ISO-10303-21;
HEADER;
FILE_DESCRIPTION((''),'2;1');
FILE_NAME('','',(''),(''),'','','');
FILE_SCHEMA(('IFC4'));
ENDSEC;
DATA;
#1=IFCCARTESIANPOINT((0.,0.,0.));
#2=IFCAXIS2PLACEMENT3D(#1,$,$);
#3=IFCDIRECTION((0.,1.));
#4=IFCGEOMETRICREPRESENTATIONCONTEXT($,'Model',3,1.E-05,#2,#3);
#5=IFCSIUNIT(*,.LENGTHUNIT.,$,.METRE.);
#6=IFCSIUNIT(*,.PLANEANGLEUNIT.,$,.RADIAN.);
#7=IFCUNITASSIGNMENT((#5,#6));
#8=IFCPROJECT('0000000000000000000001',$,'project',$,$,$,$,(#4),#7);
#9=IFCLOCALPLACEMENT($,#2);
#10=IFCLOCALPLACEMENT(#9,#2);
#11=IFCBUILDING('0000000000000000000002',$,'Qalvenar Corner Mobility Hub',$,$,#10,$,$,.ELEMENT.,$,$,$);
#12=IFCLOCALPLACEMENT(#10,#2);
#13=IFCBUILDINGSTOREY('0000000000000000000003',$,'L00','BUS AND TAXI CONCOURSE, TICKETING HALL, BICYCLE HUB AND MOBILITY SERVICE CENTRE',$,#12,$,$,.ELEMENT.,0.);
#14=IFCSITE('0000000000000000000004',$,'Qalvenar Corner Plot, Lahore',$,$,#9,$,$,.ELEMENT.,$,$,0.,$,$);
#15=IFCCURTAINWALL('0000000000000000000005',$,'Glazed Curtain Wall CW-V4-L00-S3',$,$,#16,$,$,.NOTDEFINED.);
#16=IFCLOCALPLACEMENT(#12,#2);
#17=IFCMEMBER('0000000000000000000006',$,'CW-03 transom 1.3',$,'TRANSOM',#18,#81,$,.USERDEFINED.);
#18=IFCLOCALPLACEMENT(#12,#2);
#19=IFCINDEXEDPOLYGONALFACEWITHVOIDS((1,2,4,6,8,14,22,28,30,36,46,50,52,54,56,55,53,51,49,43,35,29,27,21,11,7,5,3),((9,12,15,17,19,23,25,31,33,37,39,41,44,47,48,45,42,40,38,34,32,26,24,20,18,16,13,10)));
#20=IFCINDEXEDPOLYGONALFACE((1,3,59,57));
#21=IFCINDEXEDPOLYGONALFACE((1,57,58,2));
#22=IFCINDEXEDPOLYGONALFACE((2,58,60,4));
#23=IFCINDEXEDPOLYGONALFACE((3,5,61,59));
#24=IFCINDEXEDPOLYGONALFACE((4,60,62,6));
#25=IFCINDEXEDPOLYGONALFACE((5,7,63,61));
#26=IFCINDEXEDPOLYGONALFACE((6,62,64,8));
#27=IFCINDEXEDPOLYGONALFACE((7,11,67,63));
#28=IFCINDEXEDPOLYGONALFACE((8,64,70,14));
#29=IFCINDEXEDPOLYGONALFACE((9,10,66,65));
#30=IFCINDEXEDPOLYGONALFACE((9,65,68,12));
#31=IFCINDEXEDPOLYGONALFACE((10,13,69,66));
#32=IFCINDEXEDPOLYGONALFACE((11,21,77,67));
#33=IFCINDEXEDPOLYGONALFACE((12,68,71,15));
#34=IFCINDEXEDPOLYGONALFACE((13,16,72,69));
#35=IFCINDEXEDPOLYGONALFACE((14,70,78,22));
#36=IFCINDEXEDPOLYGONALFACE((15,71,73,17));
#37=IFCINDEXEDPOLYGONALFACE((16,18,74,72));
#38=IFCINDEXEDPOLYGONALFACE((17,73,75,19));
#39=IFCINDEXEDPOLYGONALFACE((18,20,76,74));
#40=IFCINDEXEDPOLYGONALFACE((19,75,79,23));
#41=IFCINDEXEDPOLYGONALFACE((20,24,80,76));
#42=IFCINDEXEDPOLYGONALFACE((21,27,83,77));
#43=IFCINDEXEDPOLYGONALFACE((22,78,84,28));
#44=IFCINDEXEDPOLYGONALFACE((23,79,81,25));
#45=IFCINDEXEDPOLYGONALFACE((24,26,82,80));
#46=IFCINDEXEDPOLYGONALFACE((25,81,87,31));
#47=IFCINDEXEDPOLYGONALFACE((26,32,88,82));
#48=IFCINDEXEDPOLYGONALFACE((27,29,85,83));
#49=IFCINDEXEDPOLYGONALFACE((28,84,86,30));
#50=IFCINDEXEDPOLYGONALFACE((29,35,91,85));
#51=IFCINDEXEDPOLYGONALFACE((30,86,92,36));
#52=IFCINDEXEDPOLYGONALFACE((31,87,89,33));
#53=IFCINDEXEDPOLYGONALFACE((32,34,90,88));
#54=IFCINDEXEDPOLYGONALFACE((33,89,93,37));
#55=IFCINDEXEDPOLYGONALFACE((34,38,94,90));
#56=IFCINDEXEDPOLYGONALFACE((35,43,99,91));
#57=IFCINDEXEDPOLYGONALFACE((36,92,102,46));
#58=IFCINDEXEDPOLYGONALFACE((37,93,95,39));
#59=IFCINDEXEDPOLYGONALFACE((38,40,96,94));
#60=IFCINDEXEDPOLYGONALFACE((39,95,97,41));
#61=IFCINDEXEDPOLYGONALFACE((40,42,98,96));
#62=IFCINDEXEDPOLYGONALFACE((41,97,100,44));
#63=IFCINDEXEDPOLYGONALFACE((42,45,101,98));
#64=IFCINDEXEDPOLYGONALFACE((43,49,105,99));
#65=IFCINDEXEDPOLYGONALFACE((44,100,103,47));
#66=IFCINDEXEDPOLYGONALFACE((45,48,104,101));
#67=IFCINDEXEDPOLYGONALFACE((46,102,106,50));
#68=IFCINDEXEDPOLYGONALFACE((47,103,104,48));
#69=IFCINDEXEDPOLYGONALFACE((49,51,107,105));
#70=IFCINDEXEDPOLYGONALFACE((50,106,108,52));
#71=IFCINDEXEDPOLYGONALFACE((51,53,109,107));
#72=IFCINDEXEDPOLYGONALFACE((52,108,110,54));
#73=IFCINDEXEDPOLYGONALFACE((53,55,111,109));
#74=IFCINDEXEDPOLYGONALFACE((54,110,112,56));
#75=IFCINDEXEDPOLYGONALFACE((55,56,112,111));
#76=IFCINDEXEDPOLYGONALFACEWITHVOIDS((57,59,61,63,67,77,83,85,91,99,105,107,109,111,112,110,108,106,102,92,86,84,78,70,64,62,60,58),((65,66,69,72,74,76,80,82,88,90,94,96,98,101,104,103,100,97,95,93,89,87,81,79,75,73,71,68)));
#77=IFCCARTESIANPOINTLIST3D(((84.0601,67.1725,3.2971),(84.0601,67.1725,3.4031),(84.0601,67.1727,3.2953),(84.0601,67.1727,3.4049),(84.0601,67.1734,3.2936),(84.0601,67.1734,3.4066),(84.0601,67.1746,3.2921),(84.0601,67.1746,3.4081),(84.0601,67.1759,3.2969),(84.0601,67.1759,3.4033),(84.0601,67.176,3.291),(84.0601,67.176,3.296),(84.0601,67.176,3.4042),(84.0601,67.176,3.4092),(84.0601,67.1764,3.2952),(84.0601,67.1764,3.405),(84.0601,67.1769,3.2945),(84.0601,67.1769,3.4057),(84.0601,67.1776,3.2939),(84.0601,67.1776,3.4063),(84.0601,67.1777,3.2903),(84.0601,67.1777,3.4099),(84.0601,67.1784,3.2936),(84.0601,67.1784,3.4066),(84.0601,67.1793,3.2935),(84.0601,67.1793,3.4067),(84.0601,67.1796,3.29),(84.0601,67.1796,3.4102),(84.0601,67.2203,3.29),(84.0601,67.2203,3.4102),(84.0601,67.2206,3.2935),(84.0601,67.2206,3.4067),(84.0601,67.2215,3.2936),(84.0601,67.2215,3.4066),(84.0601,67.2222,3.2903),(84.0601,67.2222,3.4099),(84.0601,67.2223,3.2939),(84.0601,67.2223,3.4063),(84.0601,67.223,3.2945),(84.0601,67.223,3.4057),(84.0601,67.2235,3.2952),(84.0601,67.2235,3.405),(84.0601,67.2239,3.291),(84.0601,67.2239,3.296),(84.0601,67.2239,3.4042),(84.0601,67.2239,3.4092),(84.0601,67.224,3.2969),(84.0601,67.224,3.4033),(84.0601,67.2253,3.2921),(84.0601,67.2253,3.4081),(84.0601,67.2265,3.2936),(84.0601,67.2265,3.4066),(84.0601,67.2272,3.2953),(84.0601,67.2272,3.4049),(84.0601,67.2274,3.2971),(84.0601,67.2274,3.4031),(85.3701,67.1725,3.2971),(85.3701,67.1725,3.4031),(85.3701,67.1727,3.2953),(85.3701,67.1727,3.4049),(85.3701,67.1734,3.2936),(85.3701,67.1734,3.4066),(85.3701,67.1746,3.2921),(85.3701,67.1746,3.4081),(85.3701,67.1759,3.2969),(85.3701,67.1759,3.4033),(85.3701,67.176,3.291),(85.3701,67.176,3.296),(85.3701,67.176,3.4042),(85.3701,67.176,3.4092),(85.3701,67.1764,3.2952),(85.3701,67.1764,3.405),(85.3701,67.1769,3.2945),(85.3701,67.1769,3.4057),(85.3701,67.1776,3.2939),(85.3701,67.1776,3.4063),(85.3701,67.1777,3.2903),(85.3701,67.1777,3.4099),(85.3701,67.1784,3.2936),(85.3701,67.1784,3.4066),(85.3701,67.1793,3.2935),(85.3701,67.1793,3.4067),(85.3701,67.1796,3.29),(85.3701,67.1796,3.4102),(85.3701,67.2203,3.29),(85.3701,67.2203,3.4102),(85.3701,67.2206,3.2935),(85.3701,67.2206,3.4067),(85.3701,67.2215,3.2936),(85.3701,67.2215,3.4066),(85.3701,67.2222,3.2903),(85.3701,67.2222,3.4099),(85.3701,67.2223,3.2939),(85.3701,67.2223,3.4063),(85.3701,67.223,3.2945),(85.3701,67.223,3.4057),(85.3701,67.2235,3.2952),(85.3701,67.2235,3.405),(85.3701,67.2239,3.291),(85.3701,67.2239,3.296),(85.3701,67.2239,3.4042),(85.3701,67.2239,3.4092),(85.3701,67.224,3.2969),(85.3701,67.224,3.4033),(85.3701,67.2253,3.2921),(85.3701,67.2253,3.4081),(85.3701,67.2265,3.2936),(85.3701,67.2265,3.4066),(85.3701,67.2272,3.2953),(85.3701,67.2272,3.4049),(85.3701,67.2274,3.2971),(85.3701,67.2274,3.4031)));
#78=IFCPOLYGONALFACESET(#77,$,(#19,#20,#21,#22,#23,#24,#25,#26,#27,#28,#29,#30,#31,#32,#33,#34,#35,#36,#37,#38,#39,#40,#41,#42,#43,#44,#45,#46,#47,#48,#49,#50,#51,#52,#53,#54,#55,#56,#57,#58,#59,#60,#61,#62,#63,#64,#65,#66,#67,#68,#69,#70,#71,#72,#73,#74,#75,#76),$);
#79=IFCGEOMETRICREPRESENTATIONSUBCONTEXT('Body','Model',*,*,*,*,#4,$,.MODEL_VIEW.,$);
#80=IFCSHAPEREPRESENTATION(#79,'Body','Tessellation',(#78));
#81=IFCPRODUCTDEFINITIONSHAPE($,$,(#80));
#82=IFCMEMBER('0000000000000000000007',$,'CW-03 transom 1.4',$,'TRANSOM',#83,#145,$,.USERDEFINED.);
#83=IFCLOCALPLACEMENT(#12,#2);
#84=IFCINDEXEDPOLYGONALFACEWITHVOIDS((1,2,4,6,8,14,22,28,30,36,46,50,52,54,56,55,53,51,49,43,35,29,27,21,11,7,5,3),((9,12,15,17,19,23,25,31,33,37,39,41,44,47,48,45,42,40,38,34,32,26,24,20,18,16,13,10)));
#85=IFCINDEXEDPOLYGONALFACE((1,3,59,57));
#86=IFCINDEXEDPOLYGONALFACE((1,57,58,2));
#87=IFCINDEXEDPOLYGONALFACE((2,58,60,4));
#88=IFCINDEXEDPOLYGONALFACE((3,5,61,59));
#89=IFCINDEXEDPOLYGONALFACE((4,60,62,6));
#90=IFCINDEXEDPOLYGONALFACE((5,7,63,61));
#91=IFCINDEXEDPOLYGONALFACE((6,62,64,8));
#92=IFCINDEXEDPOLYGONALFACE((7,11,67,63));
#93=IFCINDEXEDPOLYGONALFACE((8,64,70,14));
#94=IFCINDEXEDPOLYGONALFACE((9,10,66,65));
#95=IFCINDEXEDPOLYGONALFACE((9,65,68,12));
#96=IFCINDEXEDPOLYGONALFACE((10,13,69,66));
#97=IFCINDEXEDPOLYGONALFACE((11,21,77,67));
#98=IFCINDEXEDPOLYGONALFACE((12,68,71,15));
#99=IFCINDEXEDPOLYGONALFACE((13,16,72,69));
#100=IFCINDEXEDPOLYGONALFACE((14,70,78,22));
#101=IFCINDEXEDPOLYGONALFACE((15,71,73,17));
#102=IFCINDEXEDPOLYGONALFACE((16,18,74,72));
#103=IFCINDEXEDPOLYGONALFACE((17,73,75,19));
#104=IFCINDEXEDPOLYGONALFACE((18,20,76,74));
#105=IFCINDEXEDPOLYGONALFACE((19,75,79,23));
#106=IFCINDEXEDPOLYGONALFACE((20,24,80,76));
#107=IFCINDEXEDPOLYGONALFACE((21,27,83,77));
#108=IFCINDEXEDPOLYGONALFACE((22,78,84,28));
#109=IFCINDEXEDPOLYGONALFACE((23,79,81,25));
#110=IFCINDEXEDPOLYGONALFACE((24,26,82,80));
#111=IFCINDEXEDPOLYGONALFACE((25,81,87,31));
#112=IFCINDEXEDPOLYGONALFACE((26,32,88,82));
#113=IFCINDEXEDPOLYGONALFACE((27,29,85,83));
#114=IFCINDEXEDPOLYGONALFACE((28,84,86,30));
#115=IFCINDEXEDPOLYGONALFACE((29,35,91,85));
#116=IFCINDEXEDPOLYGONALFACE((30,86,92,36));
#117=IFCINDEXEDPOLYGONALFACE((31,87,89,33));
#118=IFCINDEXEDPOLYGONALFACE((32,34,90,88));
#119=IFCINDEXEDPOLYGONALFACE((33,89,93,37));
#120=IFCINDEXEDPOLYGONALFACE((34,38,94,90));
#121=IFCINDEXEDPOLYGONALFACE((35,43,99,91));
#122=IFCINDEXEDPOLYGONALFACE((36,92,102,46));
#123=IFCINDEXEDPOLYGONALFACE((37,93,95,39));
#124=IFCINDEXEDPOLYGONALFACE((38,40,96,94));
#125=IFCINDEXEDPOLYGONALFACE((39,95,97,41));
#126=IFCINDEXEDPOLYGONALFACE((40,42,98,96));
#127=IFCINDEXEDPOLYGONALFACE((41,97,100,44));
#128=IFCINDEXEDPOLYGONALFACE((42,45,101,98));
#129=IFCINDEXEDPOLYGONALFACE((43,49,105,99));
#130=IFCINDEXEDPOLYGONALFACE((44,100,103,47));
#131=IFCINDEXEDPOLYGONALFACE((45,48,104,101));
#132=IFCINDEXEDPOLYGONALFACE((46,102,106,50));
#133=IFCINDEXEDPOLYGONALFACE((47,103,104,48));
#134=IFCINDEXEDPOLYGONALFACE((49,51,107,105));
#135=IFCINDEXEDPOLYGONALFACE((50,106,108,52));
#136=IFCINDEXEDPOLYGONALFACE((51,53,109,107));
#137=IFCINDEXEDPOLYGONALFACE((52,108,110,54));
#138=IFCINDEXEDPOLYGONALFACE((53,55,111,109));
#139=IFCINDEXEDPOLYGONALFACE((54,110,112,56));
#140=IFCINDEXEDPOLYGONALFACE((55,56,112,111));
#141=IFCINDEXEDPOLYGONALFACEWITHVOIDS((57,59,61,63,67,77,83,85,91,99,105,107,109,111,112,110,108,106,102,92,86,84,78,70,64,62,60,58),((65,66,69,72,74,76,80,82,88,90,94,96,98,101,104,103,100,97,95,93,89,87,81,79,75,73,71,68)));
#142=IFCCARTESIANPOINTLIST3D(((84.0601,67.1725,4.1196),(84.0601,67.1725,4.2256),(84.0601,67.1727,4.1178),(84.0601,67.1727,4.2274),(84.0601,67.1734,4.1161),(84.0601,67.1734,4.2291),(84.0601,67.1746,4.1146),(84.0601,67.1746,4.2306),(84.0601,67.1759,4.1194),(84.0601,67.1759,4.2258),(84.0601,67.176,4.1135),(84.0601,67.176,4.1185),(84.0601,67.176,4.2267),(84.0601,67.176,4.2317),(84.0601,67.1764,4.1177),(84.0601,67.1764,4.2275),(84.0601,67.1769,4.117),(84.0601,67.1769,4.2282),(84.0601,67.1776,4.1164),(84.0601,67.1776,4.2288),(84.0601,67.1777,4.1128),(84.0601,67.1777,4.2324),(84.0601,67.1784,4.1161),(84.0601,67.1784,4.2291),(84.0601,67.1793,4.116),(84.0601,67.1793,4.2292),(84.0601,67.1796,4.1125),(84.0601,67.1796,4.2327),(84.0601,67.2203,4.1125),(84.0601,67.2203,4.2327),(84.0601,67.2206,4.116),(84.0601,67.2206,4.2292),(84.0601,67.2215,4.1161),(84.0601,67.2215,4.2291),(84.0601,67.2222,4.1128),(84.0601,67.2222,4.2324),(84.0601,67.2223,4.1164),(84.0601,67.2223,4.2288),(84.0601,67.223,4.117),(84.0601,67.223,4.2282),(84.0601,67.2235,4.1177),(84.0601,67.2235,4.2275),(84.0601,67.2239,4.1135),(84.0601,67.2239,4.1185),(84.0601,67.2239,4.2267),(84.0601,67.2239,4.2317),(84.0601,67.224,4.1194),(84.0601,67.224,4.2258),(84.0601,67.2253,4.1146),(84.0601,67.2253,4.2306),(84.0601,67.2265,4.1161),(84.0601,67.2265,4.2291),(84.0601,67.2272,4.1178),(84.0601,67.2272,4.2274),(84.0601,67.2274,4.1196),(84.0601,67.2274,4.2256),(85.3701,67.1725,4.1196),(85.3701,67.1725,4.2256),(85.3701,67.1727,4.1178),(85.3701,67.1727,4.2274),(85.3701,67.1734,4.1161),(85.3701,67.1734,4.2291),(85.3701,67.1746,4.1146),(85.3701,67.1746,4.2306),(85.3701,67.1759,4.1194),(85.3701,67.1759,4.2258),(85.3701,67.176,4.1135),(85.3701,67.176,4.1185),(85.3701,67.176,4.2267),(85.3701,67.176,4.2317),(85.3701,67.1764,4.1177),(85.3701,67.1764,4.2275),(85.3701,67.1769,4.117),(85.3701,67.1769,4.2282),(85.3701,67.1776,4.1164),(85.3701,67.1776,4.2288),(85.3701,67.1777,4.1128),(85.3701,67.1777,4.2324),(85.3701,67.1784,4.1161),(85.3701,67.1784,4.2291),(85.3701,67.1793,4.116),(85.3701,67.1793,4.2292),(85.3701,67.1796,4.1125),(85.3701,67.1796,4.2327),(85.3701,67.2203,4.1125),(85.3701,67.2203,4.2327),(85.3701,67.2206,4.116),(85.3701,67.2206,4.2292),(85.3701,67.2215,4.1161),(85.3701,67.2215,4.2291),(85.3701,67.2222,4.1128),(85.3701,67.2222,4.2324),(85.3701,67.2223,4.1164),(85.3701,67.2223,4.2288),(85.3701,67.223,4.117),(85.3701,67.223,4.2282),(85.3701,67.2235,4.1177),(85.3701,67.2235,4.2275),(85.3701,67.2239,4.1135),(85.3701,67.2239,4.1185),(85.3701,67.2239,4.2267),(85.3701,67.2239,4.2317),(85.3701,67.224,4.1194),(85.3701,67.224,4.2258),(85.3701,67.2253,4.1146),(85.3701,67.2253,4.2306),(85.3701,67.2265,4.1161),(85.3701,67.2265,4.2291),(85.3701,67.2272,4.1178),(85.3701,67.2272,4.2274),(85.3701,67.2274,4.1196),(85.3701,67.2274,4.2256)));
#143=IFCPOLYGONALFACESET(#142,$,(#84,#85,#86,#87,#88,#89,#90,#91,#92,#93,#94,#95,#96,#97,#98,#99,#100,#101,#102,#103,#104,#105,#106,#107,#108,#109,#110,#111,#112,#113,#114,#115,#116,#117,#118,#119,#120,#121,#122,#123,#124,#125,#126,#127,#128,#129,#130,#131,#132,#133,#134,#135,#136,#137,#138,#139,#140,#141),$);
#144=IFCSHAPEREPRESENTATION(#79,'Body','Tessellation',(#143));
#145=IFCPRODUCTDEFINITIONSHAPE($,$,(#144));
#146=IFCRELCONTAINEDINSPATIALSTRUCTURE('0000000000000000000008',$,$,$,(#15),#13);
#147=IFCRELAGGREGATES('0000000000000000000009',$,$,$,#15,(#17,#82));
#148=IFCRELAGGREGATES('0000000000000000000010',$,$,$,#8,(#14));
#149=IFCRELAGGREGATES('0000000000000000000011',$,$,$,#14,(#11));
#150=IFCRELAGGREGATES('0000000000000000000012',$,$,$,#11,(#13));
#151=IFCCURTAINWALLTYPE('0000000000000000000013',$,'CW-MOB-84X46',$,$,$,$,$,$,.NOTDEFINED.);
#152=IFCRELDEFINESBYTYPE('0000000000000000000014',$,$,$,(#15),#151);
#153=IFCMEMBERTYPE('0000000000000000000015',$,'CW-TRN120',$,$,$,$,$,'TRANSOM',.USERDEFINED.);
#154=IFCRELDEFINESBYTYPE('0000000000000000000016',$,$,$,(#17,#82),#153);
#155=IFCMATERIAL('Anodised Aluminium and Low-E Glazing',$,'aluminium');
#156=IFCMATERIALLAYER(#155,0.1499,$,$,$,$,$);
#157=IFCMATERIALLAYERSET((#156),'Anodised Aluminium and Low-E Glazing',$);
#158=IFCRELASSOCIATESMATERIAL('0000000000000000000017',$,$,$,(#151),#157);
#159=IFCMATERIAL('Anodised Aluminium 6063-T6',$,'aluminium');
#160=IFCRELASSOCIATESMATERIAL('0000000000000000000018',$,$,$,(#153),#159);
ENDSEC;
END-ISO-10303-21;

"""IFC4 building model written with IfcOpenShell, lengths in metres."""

from ifc_helpers import new_model, si_unit, direction, frame, origin, origin_2d, place, context, subcontext, project, spatial, hollow_rectangle, extrude, material, layer, layer_set, material_profile, profile_set, type_object, element, aggregate, save


model = new_model("IFC4")

# Units and contexts
model_context = context("Model", 3, precision=1e-05, world=origin(), true_north=direction((0.0, 1.0)))
body_context = subcontext(model_context, "Body", "Model", "MODEL_VIEW")
ifc_project = project(units=[si_unit("LENGTHUNIT", "METRE"), si_unit("PLANEANGLEUNIT", "RADIAN")], contexts=[model_context])

# Site, building, storey
site_placement = place(None, origin())
site = spatial("IfcSite", under=ifc_project, at=site_placement, Name="Qalvenar Corner Plot, Lahore", CompositionType="ELEMENT", RefElevation=0.0)
building_placement = place(site_placement, origin())
building = spatial("IfcBuilding", under=site, at=building_placement, Name="Qalvenar Corner Mobility Hub", CompositionType="ELEMENT")
storey_placement = place(building_placement, origin())
storey = spatial("IfcBuildingStorey", under=building, at=storey_placement, Name="L00", Description="BUS AND TAXI CONCOURSE, TICKETING HALL, BICYCLE HUB AND MOBILITY SERVICE CENTRE", CompositionType="ELEMENT", Elevation=0.0)

# Curtain wall
ifc_material_1 = material(Name="Anodised Aluminium and Low-E Glazing", Category="aluminium")
ifc_layer_1 = layer(ifc_material_1, 0.1499)
ifc_layer_set_1 = layer_set([ifc_layer_1], Name="Anodised Aluminium and Low-E Glazing")
curtain_wall_type = type_object("IfcCurtainWallType", Name="CW-MOB-84X46", PredefinedType="NOTDEFINED", material=ifc_layer_set_1)
ifc_material_2 = material(Name="Anodised Aluminium 6063-T6", Category="aluminium")
curtain_wall_1_placement = place(storey_placement, origin())
curtain_wall_1 = element("IfcCurtainWall", 1, at=curtain_wall_1_placement, inside=storey, type_object=curtain_wall_type, Name="Glazed Curtain Wall CW-V4-L00-S3", PredefinedType="NOTDEFINED")

# Members
ifc_material_profile_1 = material_profile(ifc_material_2, hollow_rectangle(XDim=0.0549, YDim=0.1201, WallThickness=0.0034, InnerFilletRadius=0.0034, OuterFilletRadius=0.0071, at=origin_2d()), Name="RHS120x55x3.5")
ifc_profile_set_1 = profile_set([ifc_material_profile_1], Name="Anodised Aluminium 6063-T6")
member_type_1 = type_object("IfcMemberType", Name="CW-TRN120", ElementType="TRANSOM", PredefinedType="USERDEFINED", material=ifc_profile_set_1)
member_1_placement = place(storey_placement, frame((84.0601, 67.2, 3.3501), z_axis=(1.0, 0.0, 0.0), x_axis=(0.0, 1.0, 0.0)))
member_1 = element("IfcMember", 2, at=member_1_placement, type_object=member_type_1, Name="CW-03 transom 1.3", ObjectType="TRANSOM", PredefinedType="USERDEFINED", context=body_context, shape_type="SweptSolid", body=[
    extrude(hollow_rectangle(XDim=0.0549, YDim=0.1201, WallThickness=0.0034, InnerFilletRadius=0.0034, OuterFilletRadius=0.0071, at=origin_2d()), origin(), (0.0, 0.0, 1.0), 1.3101),
])
member_2_placement = place(storey_placement, frame((84.0601, 67.2, 4.1726), z_axis=(1.0, 0.0, 0.0), x_axis=(0.0, 1.0, 0.0)))
member_2 = element("IfcMember", 3, at=member_2_placement, type_object=member_type_1, Name="CW-03 transom 1.4", ObjectType="TRANSOM", PredefinedType="USERDEFINED", context=body_context, shape_type="SweptSolid", body=[
    extrude(hollow_rectangle(XDim=0.0549, YDim=0.1201, WallThickness=0.0034, InnerFilletRadius=0.0034, OuterFilletRadius=0.0071, at=origin_2d()), origin(), (0.0, 0.0, 1.0), 1.3101),
])

aggregate(curtain_wall_1, [member_1, member_2])

save(model, "model.ifc")
